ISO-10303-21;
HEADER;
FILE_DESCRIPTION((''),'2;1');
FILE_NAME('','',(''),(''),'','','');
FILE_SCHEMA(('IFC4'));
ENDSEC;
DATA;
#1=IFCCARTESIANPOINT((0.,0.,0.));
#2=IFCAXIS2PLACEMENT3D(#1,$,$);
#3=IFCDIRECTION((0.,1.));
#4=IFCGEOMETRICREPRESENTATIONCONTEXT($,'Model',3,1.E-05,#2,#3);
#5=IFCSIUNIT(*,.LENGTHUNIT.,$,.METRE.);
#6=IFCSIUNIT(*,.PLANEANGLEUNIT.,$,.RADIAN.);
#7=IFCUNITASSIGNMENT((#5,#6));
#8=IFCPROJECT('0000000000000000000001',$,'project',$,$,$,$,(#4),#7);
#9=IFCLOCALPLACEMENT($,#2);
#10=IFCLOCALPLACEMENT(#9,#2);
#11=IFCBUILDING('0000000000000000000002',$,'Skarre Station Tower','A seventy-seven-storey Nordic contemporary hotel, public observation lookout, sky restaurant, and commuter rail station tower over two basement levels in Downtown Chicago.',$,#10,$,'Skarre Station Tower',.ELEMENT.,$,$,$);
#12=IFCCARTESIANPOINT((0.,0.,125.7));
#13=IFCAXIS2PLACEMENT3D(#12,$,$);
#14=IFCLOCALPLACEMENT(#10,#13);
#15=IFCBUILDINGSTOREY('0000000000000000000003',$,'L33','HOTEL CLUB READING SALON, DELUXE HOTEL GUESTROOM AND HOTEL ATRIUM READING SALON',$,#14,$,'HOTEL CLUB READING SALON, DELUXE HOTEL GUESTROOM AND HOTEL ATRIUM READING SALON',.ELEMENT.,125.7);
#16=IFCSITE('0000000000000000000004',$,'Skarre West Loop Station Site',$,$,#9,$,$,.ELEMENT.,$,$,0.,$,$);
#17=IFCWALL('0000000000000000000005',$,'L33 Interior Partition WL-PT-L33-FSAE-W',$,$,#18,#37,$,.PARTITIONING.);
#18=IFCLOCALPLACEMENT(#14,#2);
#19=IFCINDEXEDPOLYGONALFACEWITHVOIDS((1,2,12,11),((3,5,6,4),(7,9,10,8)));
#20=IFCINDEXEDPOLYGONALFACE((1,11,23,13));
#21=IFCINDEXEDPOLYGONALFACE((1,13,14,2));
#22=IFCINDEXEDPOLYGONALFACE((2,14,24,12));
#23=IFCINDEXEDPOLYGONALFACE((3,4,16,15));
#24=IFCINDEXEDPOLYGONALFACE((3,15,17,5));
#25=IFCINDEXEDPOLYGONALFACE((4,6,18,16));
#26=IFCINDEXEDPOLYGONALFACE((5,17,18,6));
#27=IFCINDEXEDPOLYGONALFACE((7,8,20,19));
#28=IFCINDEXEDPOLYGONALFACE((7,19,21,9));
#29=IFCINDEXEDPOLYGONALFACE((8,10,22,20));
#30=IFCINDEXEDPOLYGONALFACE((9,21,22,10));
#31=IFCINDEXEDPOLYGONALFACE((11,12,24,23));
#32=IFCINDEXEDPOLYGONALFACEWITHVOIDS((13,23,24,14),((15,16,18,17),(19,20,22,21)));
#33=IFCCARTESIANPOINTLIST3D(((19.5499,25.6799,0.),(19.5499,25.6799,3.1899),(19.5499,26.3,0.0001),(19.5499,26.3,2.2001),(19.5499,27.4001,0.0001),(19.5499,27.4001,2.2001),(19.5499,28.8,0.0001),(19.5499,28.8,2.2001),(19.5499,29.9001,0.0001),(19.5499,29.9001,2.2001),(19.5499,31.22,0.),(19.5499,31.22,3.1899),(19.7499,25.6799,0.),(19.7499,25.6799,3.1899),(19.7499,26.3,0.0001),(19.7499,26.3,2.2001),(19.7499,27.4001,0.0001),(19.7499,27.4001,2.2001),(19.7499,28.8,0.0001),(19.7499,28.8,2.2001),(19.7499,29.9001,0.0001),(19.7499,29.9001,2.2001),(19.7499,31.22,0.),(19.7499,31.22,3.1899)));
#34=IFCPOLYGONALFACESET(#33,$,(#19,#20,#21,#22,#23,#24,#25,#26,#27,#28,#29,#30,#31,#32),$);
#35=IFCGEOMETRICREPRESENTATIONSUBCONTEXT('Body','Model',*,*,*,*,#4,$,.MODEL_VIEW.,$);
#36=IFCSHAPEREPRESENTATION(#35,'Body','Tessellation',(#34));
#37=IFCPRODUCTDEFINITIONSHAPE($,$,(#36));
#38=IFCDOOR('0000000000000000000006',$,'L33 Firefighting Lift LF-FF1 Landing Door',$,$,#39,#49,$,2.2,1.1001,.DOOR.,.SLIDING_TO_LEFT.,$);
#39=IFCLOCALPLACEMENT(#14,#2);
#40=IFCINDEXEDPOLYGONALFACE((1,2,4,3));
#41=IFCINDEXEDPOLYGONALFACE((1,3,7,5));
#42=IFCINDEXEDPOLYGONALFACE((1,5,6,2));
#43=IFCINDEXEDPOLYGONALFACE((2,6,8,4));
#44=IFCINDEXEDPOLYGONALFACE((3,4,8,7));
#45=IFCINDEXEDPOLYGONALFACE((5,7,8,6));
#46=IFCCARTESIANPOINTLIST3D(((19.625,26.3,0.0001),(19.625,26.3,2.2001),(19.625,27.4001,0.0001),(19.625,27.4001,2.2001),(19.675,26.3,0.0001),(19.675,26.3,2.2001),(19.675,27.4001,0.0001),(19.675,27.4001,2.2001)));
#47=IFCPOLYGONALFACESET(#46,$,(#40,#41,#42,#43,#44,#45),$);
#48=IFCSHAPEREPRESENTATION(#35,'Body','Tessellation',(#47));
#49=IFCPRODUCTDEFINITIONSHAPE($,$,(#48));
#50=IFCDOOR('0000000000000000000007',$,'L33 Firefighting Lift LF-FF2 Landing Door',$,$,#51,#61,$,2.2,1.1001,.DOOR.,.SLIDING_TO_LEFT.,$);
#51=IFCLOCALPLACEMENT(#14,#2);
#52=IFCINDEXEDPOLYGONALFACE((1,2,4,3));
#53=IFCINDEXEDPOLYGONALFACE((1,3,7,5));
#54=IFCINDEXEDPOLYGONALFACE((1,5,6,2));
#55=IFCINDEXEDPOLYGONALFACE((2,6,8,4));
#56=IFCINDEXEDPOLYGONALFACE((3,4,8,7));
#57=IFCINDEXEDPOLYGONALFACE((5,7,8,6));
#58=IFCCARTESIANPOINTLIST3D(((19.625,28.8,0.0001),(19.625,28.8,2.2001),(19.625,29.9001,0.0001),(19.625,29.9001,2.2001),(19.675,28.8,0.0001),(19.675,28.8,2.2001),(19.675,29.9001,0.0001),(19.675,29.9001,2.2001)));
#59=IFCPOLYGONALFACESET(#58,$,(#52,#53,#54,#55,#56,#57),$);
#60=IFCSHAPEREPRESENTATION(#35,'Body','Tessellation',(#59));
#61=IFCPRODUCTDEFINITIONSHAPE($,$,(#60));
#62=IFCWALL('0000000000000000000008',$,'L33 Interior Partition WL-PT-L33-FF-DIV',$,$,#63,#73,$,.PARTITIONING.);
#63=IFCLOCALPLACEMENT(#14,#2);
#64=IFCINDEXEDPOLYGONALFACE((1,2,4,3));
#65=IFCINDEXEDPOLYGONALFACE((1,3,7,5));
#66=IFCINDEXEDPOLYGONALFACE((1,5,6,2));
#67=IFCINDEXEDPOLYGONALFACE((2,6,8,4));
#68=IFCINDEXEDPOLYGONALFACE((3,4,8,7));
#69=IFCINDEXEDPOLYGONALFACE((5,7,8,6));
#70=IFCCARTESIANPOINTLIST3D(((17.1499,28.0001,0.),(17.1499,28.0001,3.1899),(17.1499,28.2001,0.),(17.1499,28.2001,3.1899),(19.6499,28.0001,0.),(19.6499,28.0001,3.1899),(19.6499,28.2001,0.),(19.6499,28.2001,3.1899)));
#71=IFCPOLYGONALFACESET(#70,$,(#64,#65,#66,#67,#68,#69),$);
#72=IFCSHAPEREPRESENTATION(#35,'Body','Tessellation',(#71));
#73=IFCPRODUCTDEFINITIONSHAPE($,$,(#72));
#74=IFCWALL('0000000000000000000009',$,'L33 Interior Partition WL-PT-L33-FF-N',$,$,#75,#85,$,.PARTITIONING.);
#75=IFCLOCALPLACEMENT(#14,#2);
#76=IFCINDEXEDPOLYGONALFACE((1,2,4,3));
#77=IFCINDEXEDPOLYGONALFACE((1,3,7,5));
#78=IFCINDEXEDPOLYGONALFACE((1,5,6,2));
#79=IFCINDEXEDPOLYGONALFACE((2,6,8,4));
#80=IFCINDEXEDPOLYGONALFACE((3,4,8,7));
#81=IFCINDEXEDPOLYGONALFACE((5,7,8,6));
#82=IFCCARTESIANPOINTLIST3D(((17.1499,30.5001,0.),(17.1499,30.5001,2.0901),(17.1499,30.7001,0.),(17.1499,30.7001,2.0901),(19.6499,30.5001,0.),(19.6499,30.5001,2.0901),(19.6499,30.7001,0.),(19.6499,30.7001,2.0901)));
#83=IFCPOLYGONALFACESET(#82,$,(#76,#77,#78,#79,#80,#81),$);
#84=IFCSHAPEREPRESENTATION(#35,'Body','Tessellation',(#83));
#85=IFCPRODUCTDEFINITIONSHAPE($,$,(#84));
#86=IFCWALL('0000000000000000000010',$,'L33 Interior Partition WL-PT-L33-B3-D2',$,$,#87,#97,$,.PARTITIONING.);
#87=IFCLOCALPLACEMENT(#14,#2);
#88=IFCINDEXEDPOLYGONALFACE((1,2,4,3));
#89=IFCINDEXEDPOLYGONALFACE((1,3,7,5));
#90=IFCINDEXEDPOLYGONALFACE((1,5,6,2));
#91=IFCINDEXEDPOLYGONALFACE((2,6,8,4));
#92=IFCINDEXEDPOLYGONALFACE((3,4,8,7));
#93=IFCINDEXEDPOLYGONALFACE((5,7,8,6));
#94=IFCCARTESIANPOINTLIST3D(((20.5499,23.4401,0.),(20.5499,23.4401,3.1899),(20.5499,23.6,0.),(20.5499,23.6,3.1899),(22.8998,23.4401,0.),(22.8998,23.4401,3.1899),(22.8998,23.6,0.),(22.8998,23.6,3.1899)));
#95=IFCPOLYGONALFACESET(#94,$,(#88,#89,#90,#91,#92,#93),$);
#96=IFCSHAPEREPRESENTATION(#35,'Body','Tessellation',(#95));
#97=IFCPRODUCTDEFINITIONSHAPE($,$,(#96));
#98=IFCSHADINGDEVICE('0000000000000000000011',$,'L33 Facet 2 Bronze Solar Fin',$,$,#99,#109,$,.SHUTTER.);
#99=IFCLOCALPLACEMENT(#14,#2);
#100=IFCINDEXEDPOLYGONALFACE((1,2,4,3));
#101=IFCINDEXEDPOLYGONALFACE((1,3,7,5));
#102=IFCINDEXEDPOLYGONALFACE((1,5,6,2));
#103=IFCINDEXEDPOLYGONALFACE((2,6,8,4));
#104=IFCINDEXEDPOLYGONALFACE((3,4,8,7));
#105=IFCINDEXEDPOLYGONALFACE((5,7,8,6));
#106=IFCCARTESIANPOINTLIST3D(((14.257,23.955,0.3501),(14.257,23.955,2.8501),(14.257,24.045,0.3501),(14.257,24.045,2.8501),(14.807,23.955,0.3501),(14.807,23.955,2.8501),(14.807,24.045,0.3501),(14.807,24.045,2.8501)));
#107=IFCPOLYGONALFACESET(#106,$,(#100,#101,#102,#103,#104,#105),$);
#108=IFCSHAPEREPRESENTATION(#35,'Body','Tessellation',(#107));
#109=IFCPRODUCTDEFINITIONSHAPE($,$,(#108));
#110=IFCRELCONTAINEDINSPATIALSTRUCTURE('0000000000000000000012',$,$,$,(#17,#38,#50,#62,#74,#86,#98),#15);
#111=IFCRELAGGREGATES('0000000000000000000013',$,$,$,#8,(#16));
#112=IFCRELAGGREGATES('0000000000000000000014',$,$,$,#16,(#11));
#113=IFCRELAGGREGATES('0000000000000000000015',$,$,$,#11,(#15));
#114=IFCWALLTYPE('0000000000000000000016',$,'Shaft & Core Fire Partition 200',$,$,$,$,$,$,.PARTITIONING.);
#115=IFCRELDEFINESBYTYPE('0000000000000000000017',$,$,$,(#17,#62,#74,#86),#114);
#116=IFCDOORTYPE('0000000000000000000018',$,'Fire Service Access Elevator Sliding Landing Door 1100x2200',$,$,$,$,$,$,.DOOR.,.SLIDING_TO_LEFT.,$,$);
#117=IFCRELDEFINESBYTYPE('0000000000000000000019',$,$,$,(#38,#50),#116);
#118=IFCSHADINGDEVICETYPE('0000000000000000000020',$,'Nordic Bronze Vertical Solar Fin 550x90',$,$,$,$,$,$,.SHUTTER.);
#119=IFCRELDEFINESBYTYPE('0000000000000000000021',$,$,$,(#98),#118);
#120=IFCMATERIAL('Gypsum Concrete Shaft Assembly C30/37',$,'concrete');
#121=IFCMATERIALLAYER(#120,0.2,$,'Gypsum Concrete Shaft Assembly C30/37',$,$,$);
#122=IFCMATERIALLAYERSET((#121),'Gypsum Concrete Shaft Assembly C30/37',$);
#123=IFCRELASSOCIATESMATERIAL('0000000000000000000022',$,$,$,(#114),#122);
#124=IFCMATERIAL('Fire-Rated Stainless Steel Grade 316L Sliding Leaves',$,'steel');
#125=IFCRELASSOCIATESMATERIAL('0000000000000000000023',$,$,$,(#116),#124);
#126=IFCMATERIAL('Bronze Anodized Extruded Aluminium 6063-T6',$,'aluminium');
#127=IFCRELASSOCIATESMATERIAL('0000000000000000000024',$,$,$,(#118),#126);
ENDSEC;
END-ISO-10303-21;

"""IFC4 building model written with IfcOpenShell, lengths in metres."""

from ifc_helpers import new_model, si_unit, direction, frame, frame_2d, origin, origin_2d, place, context, subcontext, project, spatial, rectangle, extrude, material, layer, layer_set, type_object, element, fill, save


model = new_model("IFC4")

# Units and contexts
model_context = context("Model", 3, precision=1e-05, world=origin(), true_north=direction((0.0, 1.0)))
body_context = subcontext(model_context, "Body", "Model", "MODEL_VIEW")
ifc_project = project(units=[si_unit("LENGTHUNIT", "METRE"), si_unit("PLANEANGLEUNIT", "RADIAN")], contexts=[model_context])

# Site, building, storey
site_placement = place(None, origin())
site = spatial("IfcSite", under=ifc_project, at=site_placement, Name="Skarre West Loop Station Site", CompositionType="ELEMENT", RefElevation=0.0)
building_placement = place(site_placement, origin())
building = spatial("IfcBuilding", under=site, at=building_placement, Name="Skarre Station Tower", Description="A seventy-seven-storey Nordic contemporary hotel, public observation lookout, sky restaurant, and commuter rail station tower over two basement levels in Downtown Chicago.", LongName="Skarre Station Tower", CompositionType="ELEMENT")
storey_placement = place(building_placement, frame((0.0, 0.0, 125.7)))
storey = spatial("IfcBuildingStorey", under=building, at=storey_placement, Name="L33", Description="HOTEL CLUB READING SALON, DELUXE HOTEL GUESTROOM AND HOTEL ATRIUM READING SALON", LongName="HOTEL CLUB READING SALON, DELUXE HOTEL GUESTROOM AND HOTEL ATRIUM READING SALON", CompositionType="ELEMENT", Elevation=125.7)

# Wall, openings, doors
ifc_material_1 = material(Name="Gypsum Concrete Shaft Assembly C30/37", Category="concrete")
ifc_layer_1 = layer(ifc_material_1, 0.2, Name="Gypsum Concrete Shaft Assembly C30/37")
ifc_layer_set_1 = layer_set([ifc_layer_1], Name="Gypsum Concrete Shaft Assembly C30/37")
wall_type_1 = type_object("IfcWallType", Name="Shaft & Core Fire Partition 200", PredefinedType="PARTITIONING", material=ifc_layer_set_1)
wall_1_placement = place(storey_placement, frame((19.6499, 25.6799, 0.0), z_axis=(0.0, 0.0, 1.0), x_axis=(0.0, 1.0, 0.0)))
wall_1 = element("IfcWall", 1, at=wall_1_placement, inside=storey, type_object=wall_type_1, Name="L33 Interior Partition WL-PT-L33-FSAE-W", PredefinedType="PARTITIONING", context=body_context, shape_type="SweptSolid", body=[
    extrude(rectangle(XDim=5.54, YDim=0.2, at=frame_2d((2.77, 0.0))), origin(), (0.0, 0.0, 1.0), 3.1899),
])
opening_1_placement = place(wall_1_placement, frame((0.6201, 0.0, 0.0)))
opening_1 = element("IfcOpeningElement", 2, at=opening_1_placement, cuts=wall_1, PredefinedType="OPENING", context=body_context, shape_type="SweptSolid", body=[
    extrude(rectangle(XDim=1.1001, YDim=2.2, at=frame_2d((0.55, 1.1001))), frame((0.0, 0.1099, 0.0), z_axis=(0.0, -1.0, 0.0), x_axis=(1.0, 0.0, 0.0)), (0.0, 0.0, 1.0), 0.22),
])
opening_2_placement = place(wall_1_placement, frame((3.1201, 0.0, 0.0)))
opening_2 = element("IfcOpeningElement", 3, at=opening_2_placement, cuts=wall_1, PredefinedType="OPENING", context=body_context, shape_type="SweptSolid", body=[
    extrude(rectangle(XDim=1.1001, YDim=2.2, at=frame_2d((0.55, 1.1001))), frame((0.0, 0.1099, 0.0), z_axis=(0.0, -1.0, 0.0), x_axis=(1.0, 0.0, 0.0)), (0.0, 0.0, 1.0), 0.22),
])
ifc_material_2 = material(Name="Fire-Rated Stainless Steel Grade 316L Sliding Leaves", Category="steel")
door_type = type_object("IfcDoorType", Name="Fire Service Access Elevator Sliding Landing Door 1100x2200", OperationType="SLIDING_TO_LEFT", PredefinedType="DOOR", material=ifc_material_2)
door_1_placement = place(opening_1_placement, origin())
door_1 = element("IfcDoor", 4, at=door_1_placement, inside=storey, type_object=door_type, Name="L33 Firefighting Lift LF-FF1 Landing Door", OperationType="SLIDING_TO_LEFT", OverallHeight=2.2, OverallWidth=1.1001, PredefinedType="DOOR", context=body_context, shape_type="SweptSolid", body=[
    extrude(rectangle(XDim=1.1001, YDim=2.2, at=frame_2d((0.55, 1.1001))), frame((0.0, 0.0249, 0.0), z_axis=(0.0, -1.0, 0.0), x_axis=(1.0, 0.0, 0.0)), (0.0, 0.0, 1.0), 0.05),
])
fill(opening_1, door_1)
door_2_placement = place(opening_2_placement, origin())
door_2 = element("IfcDoor", 5, at=door_2_placement, inside=storey, type_object=door_type, Name="L33 Firefighting Lift LF-FF2 Landing Door", OperationType="SLIDING_TO_LEFT", OverallHeight=2.2, OverallWidth=1.1001, PredefinedType="DOOR", context=body_context, shape_type="SweptSolid", body=[
    extrude(rectangle(XDim=1.1001, YDim=2.2, at=frame_2d((0.55, 1.1001))), frame((0.0, 0.0249, 0.0), z_axis=(0.0, -1.0, 0.0), x_axis=(1.0, 0.0, 0.0)), (0.0, 0.0, 1.0), 0.05),
])
fill(opening_2, door_2)

# Walls
wall_2_placement = place(storey_placement, frame((17.1499, 28.1001, 0.0), z_axis=(0.0, 0.0, 1.0), x_axis=(1.0, 0.0, 0.0)))
element("IfcWall", 6, at=wall_2_placement, inside=storey, type_object=wall_type_1, Name="L33 Interior Partition WL-PT-L33-FF-DIV", PredefinedType="PARTITIONING", context=body_context, shape_type="SweptSolid", body=[
    extrude(rectangle(XDim=2.5, YDim=0.2, at=frame_2d((1.25, 0.0))), origin(), (0.0, 0.0, 1.0), 3.1899),
])
wall_3_placement = place(storey_placement, frame((19.6499, 30.6001, 0.0), z_axis=(0.0, 0.0, 1.0), x_axis=(-1.0, 0.0, 0.0)))
element("IfcWall", 7, at=wall_3_placement, inside=storey, type_object=wall_type_1, Name="L33 Interior Partition WL-PT-L33-FF-N", PredefinedType="PARTITIONING", context=body_context, shape_type="SweptSolid", body=[
    extrude(rectangle(XDim=2.5, YDim=0.2, at=frame_2d((1.25, 0.0))), origin(), (0.0, 0.0, 1.0), 2.0901),
])
wall_4_placement = place(storey_placement, frame((20.55, 23.52, 0.0), z_axis=(0.0, 0.0, 1.0), x_axis=(1.0, 0.0, 0.0)))
element("IfcWall", 8, at=wall_4_placement, inside=storey, type_object=wall_type_1, Name="L33 Interior Partition WL-PT-L33-B3-D2", PredefinedType="PARTITIONING", context=body_context, shape_type="SweptSolid", body=[
    extrude(rectangle(XDim=2.3499, YDim=0.1599, at=frame_2d((1.1748, 0.0))), origin(), (0.0, 0.0, 1.0), 3.1899),
])

# Shading device
ifc_material_3 = material(Name="Bronze Anodized Extruded Aluminium 6063-T6", Category="aluminium")
shading_device_type = type_object("IfcShadingDeviceType", Name="Nordic Bronze Vertical Solar Fin 550x90", PredefinedType="SHUTTER", material=ifc_material_3)
shading_device_placement = place(storey_placement, frame((14.532, 24.0, 0.3501), z_axis=(0.0, 0.0, 1.0), x_axis=(-1.0, 0.0, 0.0)))
element("IfcShadingDevice", 9, at=shading_device_placement, inside=storey, type_object=shading_device_type, Name="L33 Facet 2 Bronze Solar Fin", PredefinedType="SHUTTER", context=body_context, shape_type="SweptSolid", body=[
    extrude(rectangle(XDim=0.55, YDim=0.0901, at=origin_2d()), origin(), (0.0, 0.0, 1.0), 2.5),
])

save(model, "model.ifc")
